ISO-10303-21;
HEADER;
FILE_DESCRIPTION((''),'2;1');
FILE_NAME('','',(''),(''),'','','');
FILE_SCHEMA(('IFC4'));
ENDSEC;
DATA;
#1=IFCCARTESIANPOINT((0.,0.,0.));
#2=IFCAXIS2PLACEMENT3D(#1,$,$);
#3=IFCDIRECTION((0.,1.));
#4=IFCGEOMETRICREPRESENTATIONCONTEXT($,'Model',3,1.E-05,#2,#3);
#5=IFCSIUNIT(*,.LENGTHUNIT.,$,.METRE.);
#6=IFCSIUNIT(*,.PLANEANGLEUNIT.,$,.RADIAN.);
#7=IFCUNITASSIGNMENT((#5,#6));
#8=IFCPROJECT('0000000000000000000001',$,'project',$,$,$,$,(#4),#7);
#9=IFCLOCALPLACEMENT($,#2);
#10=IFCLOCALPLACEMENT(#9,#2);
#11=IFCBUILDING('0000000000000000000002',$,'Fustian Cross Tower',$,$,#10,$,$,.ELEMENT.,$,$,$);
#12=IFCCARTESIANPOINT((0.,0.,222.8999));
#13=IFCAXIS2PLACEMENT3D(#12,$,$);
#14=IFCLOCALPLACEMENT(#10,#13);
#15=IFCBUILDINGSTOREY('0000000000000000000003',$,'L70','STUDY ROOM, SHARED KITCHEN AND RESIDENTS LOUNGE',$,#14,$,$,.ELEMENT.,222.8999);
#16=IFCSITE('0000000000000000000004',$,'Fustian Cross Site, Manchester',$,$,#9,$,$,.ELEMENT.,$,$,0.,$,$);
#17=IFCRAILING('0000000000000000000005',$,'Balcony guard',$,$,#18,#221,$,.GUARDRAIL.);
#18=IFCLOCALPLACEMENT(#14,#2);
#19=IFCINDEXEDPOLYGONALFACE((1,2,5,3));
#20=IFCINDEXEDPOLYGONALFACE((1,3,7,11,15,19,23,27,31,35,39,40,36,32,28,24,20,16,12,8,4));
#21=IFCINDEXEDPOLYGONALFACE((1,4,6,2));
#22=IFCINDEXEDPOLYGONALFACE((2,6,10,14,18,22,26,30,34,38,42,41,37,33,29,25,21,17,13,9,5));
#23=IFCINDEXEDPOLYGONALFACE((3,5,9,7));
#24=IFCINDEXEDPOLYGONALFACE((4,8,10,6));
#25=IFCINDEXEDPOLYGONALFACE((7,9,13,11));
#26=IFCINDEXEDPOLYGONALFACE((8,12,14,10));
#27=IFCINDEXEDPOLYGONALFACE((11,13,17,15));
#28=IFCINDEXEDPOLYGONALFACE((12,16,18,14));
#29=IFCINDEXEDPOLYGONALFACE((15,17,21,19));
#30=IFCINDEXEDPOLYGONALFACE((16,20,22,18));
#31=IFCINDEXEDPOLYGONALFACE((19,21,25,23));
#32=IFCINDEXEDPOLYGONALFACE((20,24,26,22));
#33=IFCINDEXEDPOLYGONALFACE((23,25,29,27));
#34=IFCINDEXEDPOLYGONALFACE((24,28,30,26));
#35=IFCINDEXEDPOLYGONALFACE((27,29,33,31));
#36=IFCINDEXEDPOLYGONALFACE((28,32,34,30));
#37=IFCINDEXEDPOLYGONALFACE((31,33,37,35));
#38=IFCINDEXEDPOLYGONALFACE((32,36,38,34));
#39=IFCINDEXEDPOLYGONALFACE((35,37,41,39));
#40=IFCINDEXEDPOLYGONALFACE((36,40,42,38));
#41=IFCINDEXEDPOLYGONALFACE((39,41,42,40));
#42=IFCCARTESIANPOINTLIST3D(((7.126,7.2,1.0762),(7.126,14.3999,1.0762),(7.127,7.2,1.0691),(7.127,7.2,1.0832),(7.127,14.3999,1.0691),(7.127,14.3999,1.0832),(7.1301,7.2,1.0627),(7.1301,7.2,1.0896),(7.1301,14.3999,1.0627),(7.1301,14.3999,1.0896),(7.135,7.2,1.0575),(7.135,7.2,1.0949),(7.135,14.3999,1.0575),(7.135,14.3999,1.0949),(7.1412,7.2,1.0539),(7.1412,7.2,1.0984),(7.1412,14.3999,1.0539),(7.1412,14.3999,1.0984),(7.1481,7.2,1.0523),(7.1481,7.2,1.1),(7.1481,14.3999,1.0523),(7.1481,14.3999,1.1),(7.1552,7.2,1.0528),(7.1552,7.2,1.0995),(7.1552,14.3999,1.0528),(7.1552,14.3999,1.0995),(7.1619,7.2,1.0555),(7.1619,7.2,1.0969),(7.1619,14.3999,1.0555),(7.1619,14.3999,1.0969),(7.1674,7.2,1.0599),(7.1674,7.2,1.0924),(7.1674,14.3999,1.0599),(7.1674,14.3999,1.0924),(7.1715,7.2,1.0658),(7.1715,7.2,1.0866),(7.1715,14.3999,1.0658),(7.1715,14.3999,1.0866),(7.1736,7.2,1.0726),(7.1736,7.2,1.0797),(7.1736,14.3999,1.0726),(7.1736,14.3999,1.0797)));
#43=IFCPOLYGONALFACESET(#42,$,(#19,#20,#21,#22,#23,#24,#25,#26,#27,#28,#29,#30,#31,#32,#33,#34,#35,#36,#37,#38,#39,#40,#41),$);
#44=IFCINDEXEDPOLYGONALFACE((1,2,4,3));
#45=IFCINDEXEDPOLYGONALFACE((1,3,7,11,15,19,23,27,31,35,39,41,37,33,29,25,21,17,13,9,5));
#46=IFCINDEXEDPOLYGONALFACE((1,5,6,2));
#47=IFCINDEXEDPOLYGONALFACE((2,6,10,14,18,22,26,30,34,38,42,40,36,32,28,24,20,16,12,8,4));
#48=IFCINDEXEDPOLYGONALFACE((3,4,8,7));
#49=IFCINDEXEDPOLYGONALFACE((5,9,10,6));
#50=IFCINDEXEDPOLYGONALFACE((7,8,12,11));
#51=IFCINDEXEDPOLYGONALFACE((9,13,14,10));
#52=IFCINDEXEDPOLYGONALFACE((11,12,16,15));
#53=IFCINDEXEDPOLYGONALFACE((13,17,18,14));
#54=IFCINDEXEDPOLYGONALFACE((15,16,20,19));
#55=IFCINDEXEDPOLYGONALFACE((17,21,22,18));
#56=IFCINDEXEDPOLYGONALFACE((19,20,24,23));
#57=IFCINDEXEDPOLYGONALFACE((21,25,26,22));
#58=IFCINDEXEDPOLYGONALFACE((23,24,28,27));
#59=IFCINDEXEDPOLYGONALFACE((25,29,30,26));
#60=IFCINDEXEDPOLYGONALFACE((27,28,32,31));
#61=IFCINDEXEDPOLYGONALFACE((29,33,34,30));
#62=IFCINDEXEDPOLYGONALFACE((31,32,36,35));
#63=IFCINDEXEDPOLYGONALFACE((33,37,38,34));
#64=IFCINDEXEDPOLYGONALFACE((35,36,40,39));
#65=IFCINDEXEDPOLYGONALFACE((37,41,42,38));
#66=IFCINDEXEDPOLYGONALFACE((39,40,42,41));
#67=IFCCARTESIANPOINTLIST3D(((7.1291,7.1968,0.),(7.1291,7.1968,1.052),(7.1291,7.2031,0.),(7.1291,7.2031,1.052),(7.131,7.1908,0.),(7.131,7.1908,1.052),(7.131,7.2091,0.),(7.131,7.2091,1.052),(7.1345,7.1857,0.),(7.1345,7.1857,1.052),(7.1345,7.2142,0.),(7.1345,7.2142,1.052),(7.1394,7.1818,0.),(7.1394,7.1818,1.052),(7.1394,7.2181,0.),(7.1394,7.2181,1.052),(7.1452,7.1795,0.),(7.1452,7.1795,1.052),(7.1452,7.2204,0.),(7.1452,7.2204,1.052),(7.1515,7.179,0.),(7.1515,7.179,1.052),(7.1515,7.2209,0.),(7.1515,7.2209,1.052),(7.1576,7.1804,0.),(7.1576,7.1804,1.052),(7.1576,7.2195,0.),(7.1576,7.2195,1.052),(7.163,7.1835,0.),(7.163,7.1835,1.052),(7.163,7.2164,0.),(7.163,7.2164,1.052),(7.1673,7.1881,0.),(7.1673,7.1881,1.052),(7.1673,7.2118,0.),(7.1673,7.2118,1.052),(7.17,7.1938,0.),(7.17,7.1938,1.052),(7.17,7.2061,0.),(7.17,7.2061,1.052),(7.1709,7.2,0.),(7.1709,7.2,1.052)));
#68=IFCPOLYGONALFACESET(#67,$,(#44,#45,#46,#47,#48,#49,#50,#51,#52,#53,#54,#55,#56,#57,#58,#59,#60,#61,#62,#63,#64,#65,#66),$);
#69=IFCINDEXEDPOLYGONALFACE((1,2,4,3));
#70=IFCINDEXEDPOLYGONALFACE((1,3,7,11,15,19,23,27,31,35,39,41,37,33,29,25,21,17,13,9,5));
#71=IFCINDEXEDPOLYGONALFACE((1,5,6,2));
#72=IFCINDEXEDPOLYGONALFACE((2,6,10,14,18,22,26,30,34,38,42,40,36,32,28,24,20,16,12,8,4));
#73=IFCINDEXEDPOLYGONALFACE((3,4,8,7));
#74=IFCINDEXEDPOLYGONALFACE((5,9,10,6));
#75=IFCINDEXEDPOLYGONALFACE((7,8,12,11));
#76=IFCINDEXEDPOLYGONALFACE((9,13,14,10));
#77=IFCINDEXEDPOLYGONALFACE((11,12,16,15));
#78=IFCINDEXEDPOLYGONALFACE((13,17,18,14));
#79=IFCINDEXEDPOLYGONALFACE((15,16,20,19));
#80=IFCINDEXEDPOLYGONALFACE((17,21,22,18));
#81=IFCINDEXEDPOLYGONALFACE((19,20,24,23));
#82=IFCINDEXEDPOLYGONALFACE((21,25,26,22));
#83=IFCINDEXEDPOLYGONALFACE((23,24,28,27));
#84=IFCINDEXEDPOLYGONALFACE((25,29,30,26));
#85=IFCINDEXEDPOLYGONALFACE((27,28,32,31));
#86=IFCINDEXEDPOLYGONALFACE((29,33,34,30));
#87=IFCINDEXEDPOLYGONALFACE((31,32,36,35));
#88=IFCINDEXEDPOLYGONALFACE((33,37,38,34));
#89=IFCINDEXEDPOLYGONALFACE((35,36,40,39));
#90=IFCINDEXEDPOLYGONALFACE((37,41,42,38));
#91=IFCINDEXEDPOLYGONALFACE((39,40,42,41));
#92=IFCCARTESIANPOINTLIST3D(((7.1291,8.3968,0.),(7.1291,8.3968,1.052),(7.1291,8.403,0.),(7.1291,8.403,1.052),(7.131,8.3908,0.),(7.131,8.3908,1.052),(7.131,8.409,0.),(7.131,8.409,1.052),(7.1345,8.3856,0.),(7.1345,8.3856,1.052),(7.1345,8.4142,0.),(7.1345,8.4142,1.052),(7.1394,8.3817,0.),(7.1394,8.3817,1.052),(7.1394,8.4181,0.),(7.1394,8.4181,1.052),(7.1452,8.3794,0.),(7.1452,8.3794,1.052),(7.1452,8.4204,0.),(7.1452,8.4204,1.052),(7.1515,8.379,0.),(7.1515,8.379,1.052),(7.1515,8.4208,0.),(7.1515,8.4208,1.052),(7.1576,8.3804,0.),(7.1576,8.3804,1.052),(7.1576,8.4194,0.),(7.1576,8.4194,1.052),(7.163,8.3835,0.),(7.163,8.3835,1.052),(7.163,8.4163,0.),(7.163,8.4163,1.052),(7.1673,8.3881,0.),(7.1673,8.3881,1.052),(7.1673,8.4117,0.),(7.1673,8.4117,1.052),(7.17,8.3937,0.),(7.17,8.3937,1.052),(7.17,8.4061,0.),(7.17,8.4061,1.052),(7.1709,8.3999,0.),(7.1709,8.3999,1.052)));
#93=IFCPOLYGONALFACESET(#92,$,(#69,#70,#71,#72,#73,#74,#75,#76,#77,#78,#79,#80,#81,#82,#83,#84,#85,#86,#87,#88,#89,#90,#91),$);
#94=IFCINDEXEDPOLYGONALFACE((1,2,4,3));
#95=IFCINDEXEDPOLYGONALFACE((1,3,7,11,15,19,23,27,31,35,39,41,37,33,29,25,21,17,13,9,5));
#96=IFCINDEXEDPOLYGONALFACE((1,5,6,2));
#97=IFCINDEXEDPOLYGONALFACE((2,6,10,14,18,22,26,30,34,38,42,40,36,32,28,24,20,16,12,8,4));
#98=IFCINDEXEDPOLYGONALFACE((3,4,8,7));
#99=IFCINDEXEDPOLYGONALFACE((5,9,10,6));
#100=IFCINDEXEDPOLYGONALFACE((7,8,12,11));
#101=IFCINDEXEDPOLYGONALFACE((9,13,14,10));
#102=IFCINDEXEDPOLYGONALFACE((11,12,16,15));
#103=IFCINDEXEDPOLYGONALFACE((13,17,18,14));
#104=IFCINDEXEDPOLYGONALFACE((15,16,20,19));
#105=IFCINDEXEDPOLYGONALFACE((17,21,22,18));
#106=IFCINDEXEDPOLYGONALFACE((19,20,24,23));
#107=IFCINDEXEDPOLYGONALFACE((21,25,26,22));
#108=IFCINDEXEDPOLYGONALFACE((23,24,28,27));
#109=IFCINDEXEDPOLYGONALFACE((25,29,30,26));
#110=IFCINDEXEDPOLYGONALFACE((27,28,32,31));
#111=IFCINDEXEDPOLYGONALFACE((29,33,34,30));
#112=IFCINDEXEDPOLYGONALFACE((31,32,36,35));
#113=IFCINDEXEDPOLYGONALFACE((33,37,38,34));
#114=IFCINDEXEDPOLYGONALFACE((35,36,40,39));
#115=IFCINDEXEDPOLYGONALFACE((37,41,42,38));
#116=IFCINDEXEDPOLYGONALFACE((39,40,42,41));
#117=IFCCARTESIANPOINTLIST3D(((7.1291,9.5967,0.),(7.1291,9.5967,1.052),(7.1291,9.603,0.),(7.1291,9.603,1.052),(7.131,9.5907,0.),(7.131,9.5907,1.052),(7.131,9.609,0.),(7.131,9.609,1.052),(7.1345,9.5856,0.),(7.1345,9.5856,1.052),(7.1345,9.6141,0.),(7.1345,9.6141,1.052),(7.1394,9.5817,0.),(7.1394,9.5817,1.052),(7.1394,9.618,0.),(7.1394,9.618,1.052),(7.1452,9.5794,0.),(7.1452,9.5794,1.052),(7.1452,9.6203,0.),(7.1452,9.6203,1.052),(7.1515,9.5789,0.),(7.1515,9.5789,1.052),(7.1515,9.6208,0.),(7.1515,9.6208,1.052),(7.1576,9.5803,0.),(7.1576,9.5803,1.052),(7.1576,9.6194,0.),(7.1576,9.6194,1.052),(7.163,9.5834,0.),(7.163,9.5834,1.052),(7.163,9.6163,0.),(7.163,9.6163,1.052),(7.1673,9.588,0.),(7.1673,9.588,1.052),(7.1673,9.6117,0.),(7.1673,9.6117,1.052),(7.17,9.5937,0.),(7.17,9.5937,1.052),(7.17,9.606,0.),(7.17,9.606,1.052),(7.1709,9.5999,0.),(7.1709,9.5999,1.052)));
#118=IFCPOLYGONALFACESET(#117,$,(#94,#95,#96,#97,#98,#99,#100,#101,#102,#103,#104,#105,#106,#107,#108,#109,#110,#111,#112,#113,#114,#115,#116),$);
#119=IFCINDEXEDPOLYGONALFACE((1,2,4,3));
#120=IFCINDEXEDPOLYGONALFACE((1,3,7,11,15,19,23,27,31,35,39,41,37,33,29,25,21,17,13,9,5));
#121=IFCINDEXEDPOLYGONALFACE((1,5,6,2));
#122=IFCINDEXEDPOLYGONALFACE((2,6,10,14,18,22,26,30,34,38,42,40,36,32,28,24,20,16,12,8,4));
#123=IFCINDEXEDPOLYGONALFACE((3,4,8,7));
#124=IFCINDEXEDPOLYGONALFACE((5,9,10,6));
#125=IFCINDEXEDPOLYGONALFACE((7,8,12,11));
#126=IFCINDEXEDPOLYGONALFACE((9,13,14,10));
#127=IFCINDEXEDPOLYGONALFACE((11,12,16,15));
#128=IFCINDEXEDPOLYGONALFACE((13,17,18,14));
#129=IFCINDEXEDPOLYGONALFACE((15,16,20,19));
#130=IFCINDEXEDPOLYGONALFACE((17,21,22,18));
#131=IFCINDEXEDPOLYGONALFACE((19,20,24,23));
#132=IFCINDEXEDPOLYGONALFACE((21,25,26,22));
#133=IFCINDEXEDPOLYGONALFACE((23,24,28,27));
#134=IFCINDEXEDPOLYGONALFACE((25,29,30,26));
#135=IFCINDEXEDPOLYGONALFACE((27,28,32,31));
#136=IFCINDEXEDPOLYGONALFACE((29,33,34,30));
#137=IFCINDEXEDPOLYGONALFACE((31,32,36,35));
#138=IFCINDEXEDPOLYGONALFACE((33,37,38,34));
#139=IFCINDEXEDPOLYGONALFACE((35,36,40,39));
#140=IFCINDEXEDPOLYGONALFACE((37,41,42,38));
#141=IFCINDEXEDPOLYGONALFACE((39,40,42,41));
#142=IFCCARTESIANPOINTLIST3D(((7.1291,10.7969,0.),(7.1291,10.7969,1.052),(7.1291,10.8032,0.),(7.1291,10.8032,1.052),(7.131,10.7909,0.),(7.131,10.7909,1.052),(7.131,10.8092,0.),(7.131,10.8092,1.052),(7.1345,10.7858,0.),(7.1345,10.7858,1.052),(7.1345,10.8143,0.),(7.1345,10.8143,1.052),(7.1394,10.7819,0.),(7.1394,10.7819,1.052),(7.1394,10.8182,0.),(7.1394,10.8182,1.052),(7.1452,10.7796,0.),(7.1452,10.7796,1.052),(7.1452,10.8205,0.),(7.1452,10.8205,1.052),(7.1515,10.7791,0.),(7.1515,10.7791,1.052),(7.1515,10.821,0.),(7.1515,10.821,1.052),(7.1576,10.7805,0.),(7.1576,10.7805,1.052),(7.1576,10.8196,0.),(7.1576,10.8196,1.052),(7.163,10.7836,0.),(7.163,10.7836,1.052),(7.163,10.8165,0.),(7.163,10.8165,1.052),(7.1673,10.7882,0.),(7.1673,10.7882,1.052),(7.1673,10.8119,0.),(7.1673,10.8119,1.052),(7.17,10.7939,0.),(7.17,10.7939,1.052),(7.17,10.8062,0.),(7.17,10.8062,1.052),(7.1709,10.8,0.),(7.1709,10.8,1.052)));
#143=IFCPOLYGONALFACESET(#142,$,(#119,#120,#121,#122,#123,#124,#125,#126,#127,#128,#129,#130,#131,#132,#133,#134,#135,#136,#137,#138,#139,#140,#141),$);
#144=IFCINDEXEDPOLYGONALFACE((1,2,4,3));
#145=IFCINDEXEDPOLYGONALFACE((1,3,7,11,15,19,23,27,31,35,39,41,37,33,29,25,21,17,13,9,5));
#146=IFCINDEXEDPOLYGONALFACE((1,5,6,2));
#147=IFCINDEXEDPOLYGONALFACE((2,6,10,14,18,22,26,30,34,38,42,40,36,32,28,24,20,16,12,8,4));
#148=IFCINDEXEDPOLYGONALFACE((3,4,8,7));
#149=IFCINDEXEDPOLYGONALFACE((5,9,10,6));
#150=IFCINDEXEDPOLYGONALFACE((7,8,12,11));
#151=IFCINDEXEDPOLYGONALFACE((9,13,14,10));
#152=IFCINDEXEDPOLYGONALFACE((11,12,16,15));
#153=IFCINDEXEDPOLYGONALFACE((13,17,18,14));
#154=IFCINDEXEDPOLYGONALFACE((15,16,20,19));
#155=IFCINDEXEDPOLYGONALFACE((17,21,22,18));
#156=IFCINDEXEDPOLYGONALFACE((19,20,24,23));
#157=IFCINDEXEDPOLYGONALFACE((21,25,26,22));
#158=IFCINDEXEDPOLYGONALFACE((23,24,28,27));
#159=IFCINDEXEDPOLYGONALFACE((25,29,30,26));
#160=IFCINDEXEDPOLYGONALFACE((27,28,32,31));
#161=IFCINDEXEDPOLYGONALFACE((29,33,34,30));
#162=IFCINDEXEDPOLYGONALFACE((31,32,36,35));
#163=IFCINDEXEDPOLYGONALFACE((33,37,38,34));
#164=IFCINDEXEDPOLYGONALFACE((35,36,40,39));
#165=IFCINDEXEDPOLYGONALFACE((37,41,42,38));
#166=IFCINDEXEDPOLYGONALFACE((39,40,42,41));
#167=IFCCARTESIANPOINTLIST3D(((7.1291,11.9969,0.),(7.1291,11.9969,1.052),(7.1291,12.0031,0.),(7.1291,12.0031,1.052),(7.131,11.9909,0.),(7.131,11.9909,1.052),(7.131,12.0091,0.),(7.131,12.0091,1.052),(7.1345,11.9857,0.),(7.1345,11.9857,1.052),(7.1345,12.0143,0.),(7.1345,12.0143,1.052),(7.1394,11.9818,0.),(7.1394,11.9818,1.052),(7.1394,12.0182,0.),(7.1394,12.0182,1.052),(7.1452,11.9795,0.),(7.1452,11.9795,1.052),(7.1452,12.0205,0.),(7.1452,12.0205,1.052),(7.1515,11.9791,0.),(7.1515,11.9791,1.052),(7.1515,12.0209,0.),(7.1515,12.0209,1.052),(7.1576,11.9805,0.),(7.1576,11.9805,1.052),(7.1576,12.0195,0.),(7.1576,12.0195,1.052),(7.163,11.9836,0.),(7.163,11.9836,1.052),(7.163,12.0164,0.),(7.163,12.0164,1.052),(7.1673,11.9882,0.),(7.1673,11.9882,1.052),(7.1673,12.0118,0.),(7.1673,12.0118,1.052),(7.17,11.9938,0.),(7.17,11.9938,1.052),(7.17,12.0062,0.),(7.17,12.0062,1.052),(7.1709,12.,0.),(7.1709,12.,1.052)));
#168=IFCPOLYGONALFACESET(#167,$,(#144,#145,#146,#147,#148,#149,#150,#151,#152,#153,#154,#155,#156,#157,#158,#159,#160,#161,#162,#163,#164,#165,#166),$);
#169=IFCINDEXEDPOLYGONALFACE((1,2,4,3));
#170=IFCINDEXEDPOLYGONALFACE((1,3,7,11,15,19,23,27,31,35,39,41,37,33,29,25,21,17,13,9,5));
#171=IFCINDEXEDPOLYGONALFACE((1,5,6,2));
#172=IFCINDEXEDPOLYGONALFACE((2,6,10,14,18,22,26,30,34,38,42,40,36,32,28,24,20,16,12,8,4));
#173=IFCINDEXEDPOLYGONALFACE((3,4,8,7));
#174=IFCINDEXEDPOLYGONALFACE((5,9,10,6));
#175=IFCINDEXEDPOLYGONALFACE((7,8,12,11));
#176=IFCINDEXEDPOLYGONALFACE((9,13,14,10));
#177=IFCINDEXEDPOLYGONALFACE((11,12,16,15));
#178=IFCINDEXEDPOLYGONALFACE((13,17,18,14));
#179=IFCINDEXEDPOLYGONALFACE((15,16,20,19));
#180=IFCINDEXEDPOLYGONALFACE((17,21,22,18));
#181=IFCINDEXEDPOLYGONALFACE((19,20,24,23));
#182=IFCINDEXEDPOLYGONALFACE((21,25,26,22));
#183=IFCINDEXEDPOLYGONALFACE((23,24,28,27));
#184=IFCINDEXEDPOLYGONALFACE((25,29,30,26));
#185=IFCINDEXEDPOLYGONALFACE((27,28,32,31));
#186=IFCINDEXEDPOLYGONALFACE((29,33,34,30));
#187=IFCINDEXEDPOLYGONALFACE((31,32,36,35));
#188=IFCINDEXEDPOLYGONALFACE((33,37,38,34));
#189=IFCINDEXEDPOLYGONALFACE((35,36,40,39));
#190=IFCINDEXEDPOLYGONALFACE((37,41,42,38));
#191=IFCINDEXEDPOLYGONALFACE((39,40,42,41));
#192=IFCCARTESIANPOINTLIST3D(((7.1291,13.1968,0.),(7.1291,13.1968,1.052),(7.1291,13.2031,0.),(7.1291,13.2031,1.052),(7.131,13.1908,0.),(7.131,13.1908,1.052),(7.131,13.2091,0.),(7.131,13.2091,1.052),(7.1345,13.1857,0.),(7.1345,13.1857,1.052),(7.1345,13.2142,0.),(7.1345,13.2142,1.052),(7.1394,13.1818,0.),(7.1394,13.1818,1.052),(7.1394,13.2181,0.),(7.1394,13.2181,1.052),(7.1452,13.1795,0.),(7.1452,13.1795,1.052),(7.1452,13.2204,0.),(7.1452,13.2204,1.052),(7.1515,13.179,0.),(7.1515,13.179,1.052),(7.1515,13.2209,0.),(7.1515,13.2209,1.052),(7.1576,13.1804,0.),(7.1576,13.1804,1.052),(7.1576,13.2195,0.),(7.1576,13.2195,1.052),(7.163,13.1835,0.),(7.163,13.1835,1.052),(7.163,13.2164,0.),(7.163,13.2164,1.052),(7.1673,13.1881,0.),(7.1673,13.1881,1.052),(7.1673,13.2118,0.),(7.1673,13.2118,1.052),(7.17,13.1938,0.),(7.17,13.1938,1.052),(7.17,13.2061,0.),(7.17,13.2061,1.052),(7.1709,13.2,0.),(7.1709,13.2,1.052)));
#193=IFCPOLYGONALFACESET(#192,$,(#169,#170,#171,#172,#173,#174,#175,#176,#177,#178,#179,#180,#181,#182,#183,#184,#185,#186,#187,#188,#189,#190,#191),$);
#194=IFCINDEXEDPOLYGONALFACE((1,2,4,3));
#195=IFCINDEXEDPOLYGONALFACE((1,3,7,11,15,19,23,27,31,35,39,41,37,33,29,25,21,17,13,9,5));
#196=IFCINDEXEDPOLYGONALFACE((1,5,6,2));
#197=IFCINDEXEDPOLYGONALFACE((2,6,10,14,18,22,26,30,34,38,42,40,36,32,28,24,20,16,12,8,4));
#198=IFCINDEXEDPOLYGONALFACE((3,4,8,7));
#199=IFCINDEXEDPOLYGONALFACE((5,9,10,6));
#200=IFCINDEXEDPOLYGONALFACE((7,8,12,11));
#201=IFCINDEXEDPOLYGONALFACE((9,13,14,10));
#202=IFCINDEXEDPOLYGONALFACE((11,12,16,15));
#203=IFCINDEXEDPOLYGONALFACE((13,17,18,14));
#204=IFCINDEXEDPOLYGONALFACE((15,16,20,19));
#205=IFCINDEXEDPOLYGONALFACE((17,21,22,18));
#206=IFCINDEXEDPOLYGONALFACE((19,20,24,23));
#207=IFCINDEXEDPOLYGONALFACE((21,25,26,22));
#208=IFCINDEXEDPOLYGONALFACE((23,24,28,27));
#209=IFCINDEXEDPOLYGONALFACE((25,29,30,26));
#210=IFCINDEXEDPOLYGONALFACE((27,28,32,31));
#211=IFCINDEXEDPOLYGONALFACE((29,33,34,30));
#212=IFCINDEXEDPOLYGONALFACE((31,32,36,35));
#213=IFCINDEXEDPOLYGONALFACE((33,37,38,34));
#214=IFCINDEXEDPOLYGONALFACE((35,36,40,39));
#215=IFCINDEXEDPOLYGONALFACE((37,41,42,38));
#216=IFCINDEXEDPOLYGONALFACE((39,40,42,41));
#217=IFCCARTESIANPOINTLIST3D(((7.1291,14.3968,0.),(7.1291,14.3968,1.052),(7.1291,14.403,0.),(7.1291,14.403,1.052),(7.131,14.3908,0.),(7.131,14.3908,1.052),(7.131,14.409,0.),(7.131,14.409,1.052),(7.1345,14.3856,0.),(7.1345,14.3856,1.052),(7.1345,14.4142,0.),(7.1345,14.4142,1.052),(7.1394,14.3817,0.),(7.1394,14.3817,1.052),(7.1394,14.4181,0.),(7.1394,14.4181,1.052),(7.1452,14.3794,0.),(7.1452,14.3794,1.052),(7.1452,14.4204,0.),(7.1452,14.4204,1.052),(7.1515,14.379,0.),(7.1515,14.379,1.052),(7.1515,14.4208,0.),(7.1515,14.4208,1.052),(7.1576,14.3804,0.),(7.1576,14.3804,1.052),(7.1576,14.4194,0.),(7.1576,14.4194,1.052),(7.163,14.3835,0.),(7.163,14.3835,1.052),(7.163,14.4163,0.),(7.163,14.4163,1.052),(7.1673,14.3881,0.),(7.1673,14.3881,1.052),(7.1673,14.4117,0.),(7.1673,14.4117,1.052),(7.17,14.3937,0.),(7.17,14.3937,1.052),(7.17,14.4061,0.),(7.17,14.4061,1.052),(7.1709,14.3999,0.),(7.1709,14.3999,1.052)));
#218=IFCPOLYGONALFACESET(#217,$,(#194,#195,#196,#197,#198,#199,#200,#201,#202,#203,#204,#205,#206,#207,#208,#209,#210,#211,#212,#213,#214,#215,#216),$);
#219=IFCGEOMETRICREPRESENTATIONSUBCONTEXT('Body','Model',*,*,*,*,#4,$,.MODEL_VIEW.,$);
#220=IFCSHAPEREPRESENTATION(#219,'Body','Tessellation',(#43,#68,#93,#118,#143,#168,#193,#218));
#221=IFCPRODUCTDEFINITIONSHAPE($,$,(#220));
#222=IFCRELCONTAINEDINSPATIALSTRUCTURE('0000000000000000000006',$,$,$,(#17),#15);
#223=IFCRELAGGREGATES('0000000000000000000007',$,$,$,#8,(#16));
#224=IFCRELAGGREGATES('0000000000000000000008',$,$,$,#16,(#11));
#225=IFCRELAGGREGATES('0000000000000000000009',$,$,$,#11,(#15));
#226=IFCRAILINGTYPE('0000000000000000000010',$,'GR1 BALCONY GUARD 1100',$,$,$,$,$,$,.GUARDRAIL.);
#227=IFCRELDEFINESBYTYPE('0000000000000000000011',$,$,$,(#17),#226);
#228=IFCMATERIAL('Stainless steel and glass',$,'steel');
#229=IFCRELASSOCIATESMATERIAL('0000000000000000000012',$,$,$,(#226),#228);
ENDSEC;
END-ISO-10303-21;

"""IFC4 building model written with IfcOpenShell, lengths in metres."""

from ifc_helpers import new_model, si_unit, direction, frame, origin, origin_2d, place, context, subcontext, project, spatial, circle, extrude, material, type_object, element, save


model = new_model("IFC4")

# Units and contexts
model_context = context("Model", 3, precision=1e-05, world=origin(), true_north=direction((0.0, 1.0)))
body_context = subcontext(model_context, "Body", "Model", "MODEL_VIEW")
ifc_project = project(units=[si_unit("LENGTHUNIT", "METRE"), si_unit("PLANEANGLEUNIT", "RADIAN")], contexts=[model_context])

# Site, building, storey
site_placement = place(None, origin())
site = spatial("IfcSite", under=ifc_project, at=site_placement, Name="Fustian Cross Site, Manchester", CompositionType="ELEMENT", RefElevation=0.0)
building_placement = place(site_placement, origin())
building = spatial("IfcBuilding", under=site, at=building_placement, Name="Fustian Cross Tower", CompositionType="ELEMENT")
storey_placement = place(building_placement, frame((0.0, 0.0, 222.8999)))
storey = spatial("IfcBuildingStorey", under=building, at=storey_placement, Name="L70", Description="STUDY ROOM, SHARED KITCHEN AND RESIDENTS LOUNGE", CompositionType="ELEMENT", Elevation=222.8999)

# Railing
ifc_material_1 = material(Name="Stainless steel and glass", Category="steel")
railing_type = type_object("IfcRailingType", Name="GR1 BALCONY GUARD 1100", PredefinedType="GUARDRAIL", material=ifc_material_1)
railing_placement = place(storey_placement, frame((7.1499, 7.2, 0.0)))
element("IfcRailing", 1, at=railing_placement, inside=storey, type_object=railing_type, Name="Balcony guard", PredefinedType="GUARDRAIL", context=body_context, shape_type="SweptSolid", body=[
    extrude(circle(Radius=0.0239, at=origin_2d()), frame((0.0, 0.0, 1.0762), z_axis=(0.0, 1.0, 0.0), x_axis=(-1.0, 0.0, 0.0)), (0.0, 0.0, 1.0), 7.2),
    extrude(circle(Radius=0.021, at=origin_2d()), origin(), (0.0, 0.0, 1.0), 1.052),
    extrude(circle(Radius=0.021, at=origin_2d()), frame((0.0, 1.2, 0.0)), (0.0, 0.0, 1.0), 1.052),
    extrude(circle(Radius=0.021, at=origin_2d()), frame((0.0, 2.3999, 0.0)), (0.0, 0.0, 1.0), 1.052),
    extrude(circle(Radius=0.021, at=origin_2d()), frame((0.0, 3.6001, 0.0)), (0.0, 0.0, 1.0), 1.052),
    extrude(circle(Radius=0.021, at=origin_2d()), frame((0.0, 4.8, 0.0)), (0.0, 0.0, 1.0), 1.052),
    extrude(circle(Radius=0.021, at=origin_2d()), frame((0.0, 6.0, 0.0)), (0.0, 0.0, 1.0), 1.052),
    extrude(circle(Radius=0.021, at=origin_2d()), frame((0.0, 7.2, 0.0)), (0.0, 0.0, 1.0), 1.052),
])

save(model, "model.ifc")
